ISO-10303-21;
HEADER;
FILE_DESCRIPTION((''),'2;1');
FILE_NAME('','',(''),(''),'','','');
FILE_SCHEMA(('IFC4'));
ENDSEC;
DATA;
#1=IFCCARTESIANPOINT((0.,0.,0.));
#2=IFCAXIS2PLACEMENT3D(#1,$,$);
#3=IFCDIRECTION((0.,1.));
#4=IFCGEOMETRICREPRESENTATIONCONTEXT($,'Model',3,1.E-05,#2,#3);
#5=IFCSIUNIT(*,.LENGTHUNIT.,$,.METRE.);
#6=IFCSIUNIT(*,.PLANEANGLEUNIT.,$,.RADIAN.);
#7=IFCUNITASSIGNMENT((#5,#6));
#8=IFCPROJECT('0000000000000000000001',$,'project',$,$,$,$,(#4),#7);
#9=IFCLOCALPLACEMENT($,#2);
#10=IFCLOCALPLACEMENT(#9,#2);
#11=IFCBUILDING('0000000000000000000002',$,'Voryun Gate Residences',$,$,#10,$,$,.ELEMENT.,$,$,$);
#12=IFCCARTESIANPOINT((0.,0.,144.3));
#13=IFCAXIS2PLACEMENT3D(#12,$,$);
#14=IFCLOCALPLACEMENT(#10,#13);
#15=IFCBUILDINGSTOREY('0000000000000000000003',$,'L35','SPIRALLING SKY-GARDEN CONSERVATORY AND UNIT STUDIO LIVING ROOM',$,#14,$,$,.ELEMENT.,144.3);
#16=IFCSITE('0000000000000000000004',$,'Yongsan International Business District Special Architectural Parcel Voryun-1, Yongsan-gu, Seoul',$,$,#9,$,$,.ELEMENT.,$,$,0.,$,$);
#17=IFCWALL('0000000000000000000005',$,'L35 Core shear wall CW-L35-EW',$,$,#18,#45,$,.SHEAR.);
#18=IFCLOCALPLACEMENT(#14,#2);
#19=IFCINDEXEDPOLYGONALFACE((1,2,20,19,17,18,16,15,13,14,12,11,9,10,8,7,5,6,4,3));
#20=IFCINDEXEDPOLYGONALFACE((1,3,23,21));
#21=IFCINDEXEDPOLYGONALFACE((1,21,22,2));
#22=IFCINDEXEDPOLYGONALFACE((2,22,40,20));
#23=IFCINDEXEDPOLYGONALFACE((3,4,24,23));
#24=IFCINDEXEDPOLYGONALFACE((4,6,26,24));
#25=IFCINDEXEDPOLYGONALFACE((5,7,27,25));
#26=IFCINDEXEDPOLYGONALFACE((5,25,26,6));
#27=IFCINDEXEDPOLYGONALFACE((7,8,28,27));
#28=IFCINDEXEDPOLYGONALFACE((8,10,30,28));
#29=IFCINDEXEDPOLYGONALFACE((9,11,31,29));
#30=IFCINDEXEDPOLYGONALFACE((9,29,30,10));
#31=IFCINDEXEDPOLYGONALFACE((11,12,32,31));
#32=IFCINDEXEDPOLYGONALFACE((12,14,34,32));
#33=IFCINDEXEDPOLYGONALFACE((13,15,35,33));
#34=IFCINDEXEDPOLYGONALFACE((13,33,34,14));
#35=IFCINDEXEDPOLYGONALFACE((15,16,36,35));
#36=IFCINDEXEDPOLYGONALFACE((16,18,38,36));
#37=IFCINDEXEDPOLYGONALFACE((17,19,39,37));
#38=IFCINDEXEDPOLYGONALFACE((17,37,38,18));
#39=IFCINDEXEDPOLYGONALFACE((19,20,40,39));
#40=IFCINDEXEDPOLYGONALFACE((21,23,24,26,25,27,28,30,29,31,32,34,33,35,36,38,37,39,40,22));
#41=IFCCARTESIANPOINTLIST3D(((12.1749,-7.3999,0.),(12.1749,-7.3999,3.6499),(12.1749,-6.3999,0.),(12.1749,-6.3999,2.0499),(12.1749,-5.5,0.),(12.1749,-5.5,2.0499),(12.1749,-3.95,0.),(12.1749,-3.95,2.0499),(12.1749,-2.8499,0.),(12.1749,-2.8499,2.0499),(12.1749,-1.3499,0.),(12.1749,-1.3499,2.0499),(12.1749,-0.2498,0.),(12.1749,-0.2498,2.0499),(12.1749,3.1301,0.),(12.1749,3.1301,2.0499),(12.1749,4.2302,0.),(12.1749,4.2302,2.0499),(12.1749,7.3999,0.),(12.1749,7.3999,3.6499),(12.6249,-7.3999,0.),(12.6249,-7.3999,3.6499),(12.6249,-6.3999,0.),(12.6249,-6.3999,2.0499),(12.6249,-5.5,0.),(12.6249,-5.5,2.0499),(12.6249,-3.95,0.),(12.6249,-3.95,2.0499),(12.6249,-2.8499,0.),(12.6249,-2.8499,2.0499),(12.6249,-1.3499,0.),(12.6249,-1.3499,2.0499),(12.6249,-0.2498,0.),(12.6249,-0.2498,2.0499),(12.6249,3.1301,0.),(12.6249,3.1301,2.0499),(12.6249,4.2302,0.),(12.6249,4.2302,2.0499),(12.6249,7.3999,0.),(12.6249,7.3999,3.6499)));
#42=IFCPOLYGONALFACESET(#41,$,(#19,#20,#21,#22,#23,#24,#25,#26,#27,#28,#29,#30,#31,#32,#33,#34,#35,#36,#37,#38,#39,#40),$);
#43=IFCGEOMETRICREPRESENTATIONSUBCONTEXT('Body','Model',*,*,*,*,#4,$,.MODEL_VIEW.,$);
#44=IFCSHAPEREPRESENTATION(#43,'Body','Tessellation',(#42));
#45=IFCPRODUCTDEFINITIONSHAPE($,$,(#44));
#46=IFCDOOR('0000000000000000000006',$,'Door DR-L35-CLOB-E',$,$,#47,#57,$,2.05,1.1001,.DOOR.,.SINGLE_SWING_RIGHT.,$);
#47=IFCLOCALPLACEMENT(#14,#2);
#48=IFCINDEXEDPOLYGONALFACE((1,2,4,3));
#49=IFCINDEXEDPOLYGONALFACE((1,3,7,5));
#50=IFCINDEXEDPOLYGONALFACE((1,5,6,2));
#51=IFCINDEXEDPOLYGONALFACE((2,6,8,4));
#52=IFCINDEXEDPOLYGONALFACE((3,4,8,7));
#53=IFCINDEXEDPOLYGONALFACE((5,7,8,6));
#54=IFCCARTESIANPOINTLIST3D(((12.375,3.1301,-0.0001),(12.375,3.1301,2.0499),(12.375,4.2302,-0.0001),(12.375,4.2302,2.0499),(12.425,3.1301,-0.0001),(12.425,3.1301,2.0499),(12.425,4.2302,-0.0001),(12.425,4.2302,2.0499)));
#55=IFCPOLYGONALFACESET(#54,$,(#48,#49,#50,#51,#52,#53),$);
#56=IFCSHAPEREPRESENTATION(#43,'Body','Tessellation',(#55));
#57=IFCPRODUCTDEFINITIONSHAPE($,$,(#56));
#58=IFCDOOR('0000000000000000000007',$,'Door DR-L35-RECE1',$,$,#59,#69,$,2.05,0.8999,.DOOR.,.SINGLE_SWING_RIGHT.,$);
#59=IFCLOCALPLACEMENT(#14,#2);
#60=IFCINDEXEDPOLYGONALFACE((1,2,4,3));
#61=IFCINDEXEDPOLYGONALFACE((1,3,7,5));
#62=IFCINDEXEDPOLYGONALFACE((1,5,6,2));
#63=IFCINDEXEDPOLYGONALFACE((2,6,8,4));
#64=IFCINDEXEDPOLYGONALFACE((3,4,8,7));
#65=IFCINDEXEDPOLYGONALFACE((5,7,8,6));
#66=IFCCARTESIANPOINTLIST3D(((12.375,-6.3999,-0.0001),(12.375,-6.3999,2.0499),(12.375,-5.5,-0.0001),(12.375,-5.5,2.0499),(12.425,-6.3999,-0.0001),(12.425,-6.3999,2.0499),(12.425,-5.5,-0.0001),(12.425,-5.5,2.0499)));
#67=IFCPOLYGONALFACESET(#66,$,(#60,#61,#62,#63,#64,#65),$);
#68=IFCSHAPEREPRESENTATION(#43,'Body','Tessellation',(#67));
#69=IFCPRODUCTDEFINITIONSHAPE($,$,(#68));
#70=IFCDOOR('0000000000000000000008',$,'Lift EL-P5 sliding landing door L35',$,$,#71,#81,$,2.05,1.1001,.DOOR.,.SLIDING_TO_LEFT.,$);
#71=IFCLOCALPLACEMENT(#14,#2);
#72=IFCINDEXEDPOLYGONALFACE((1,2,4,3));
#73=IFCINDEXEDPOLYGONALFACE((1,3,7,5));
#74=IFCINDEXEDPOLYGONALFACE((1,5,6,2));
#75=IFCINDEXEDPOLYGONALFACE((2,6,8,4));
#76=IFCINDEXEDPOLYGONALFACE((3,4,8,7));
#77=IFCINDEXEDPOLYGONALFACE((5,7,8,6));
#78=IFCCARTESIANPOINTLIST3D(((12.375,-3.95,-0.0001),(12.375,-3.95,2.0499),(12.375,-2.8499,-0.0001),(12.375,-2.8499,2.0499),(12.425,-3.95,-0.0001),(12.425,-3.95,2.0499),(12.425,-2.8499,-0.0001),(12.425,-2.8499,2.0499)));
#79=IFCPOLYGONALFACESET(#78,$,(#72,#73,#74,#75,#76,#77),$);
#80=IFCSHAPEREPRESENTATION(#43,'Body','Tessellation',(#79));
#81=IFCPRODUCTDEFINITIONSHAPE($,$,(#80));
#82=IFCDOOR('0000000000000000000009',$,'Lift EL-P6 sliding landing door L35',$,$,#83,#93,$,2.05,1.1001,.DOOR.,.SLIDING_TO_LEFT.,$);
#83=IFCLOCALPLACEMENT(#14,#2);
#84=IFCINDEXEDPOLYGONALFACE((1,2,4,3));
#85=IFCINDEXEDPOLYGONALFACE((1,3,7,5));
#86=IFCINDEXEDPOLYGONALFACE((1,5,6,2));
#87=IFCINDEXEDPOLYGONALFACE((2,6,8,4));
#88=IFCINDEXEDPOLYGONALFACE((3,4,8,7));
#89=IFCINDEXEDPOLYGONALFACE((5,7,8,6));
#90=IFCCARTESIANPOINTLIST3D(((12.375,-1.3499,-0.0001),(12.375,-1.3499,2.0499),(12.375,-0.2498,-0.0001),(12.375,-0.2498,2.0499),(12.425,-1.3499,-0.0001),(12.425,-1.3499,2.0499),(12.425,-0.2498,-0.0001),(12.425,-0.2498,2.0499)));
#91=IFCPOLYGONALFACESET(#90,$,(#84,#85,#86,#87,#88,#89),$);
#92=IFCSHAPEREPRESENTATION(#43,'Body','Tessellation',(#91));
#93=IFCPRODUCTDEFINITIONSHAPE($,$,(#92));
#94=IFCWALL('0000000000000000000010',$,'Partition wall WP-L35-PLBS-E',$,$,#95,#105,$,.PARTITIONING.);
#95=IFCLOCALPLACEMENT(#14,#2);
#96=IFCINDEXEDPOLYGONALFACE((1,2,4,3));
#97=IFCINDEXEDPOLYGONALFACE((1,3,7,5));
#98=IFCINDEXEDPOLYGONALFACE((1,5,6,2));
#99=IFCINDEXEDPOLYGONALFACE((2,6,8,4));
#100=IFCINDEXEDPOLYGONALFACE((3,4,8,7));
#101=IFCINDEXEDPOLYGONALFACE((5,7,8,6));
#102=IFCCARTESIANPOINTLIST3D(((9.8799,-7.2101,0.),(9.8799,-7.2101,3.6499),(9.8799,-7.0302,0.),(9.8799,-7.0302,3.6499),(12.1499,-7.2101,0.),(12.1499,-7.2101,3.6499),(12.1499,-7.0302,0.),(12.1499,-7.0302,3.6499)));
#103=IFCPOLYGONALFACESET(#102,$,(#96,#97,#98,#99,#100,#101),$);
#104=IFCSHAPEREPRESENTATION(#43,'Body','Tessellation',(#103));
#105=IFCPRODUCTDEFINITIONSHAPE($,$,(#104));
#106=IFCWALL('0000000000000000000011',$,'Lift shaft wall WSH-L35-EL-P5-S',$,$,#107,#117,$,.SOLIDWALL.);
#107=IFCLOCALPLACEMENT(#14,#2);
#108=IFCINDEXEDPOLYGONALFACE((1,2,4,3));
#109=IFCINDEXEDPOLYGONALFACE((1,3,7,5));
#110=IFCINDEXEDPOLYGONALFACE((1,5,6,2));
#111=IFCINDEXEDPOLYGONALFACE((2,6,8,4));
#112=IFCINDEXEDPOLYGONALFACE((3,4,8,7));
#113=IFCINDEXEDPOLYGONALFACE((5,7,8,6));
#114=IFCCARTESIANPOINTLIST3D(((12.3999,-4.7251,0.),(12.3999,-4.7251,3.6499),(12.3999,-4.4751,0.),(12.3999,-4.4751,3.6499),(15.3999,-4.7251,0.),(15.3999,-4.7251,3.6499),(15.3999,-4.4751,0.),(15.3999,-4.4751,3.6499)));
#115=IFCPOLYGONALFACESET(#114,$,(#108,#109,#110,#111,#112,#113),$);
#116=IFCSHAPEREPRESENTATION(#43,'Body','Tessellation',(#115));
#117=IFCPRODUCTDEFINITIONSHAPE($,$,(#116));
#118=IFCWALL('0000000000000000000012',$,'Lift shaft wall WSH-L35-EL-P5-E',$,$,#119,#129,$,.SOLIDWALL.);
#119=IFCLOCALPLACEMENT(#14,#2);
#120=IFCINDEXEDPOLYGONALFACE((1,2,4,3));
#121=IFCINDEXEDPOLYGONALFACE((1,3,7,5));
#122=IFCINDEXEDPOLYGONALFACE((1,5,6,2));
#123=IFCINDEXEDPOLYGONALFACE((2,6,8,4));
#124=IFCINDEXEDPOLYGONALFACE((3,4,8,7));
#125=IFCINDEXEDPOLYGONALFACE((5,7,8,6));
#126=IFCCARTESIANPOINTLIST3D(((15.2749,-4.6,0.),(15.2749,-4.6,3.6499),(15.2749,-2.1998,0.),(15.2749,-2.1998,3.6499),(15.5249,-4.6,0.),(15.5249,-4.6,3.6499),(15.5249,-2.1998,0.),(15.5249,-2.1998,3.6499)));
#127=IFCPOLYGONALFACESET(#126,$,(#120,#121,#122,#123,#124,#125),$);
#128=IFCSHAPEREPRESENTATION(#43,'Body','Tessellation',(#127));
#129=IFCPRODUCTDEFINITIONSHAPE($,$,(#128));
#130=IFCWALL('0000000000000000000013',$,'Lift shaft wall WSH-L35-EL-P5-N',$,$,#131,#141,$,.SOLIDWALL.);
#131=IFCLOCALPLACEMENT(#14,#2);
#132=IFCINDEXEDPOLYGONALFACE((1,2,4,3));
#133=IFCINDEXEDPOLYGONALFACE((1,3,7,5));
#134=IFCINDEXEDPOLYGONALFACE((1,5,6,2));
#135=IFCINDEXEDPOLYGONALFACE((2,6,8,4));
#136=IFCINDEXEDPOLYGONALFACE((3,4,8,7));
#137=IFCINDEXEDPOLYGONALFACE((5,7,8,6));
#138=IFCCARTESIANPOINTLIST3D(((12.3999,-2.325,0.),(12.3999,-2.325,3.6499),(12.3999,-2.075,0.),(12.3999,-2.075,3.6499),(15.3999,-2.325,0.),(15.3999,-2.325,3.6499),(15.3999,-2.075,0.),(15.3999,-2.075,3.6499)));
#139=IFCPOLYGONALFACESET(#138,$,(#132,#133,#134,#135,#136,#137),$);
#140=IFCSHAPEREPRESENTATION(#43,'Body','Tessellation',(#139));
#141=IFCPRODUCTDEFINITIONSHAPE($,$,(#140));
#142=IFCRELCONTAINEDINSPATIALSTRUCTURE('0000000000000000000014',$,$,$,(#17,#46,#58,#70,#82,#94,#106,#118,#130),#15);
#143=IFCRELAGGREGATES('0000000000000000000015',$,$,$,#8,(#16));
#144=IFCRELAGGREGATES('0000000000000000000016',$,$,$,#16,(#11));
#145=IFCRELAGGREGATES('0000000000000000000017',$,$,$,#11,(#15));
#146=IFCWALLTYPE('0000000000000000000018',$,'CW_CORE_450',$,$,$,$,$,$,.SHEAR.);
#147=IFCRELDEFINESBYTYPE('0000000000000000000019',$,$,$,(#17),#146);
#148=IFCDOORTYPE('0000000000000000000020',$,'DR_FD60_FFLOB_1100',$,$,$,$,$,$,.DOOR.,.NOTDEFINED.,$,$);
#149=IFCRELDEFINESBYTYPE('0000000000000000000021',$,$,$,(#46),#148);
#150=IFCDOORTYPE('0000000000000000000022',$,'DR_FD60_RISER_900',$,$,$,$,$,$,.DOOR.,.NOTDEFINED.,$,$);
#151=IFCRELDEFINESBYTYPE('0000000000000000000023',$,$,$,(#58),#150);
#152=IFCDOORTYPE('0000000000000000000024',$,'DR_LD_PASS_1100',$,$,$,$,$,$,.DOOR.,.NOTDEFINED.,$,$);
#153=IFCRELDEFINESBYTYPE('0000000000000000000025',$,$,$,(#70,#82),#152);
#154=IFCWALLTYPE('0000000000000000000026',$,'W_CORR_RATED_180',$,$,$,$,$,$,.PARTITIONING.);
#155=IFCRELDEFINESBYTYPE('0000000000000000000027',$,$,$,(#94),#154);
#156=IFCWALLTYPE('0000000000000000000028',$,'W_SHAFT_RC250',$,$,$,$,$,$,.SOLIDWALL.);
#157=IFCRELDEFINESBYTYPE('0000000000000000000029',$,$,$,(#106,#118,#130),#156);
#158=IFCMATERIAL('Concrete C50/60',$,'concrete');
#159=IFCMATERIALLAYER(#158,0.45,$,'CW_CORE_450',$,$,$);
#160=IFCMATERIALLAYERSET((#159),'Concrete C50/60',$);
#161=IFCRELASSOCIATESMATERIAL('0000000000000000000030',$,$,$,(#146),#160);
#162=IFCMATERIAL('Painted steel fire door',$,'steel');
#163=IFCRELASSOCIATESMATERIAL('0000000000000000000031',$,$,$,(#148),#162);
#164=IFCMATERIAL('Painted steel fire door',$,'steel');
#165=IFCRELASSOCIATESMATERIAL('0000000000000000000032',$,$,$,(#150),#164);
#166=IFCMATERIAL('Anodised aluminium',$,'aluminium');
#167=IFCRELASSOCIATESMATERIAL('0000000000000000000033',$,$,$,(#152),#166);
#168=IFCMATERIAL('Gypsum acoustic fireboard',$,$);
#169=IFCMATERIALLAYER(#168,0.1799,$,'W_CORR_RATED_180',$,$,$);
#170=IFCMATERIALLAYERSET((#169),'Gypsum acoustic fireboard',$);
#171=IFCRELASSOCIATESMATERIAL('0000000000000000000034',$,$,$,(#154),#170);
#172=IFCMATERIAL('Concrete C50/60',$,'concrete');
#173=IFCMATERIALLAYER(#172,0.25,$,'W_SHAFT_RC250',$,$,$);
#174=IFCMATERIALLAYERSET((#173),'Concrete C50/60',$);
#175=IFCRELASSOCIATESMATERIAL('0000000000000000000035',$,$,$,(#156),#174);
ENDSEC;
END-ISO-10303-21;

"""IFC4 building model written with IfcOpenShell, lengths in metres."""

from ifc_helpers import new_model, si_unit, direction, frame, frame_2d, origin, place, context, subcontext, project, spatial, rectangle, extrude, material, layer, layer_set, type_object, element, fill, save


model = new_model("IFC4")

# Units and contexts
model_context = context("Model", 3, precision=1e-05, world=origin(), true_north=direction((0.0, 1.0)))
body_context = subcontext(model_context, "Body", "Model", "MODEL_VIEW")
ifc_project = project(units=[si_unit("LENGTHUNIT", "METRE"), si_unit("PLANEANGLEUNIT", "RADIAN")], contexts=[model_context])

# Site, building, storey
site_placement = place(None, origin())
site = spatial("IfcSite", under=ifc_project, at=site_placement, Name="Yongsan International Business District Special Architectural Parcel Voryun-1, Yongsan-gu, Seoul", CompositionType="ELEMENT", RefElevation=0.0)
building_placement = place(site_placement, origin())
building = spatial("IfcBuilding", under=site, at=building_placement, Name="Voryun Gate Residences", CompositionType="ELEMENT")
storey_placement = place(building_placement, frame((0.0, 0.0, 144.3)))
storey = spatial("IfcBuildingStorey", under=building, at=storey_placement, Name="L35", Description="SPIRALLING SKY-GARDEN CONSERVATORY AND UNIT STUDIO LIVING ROOM", CompositionType="ELEMENT", Elevation=144.3)

# Shared definitions
ifc_material_1 = material(Name="Concrete C50/60", Category="concrete")
ifc_layer_1 = layer(ifc_material_1, 0.45, Name="CW_CORE_450")
ifc_layer_set_1 = layer_set([ifc_layer_1], Name="Concrete C50/60")
wall_type_1 = type_object("IfcWallType", Name="CW_CORE_450", PredefinedType="SHEAR", material=ifc_layer_set_1)

# Wall, openings, doors
wall_1_placement = place(storey_placement, frame((12.3999, -7.3999, 0.0), z_axis=(0.0, 0.0, 1.0), x_axis=(0.0, 1.0, 0.0)))
wall_1 = element("IfcWall", 1, at=wall_1_placement, inside=storey, type_object=wall_type_1, Name="L35 Core shear wall CW-L35-EW", PredefinedType="SHEAR", context=body_context, shape_type="SweptSolid", body=[
    extrude(rectangle(XDim=14.7998, YDim=0.45, at=frame_2d((7.3999, 0.0))), origin(), (0.0, 0.0, 1.0), 3.6499),
])
opening_1_placement = place(wall_1_placement, frame((3.45, 0.0, 0.0)))
opening_1 = element("IfcOpeningElement", 2, at=opening_1_placement, cuts=wall_1, PredefinedType="OPENING", context=body_context, shape_type="SweptSolid", body=[
    extrude(rectangle(XDim=1.1001, YDim=2.05, at=frame_2d((0.55, 1.0249))), frame((0.0, 0.2351, 0.0), z_axis=(0.0, -1.0, 0.0), x_axis=(1.0, 0.0, 0.0)), (0.0, 0.0, 1.0), 0.47),
])
opening_2_placement = place(wall_1_placement, frame((6.05, 0.0, 0.0)))
opening_2 = element("IfcOpeningElement", 3, at=opening_2_placement, cuts=wall_1, PredefinedType="OPENING", context=body_context, shape_type="SweptSolid", body=[
    extrude(rectangle(XDim=1.1001, YDim=2.05, at=frame_2d((0.55, 1.0249))), frame((0.0, 0.2351, 0.0), z_axis=(0.0, -1.0, 0.0), x_axis=(1.0, 0.0, 0.0)), (0.0, 0.0, 1.0), 0.47),
])
opening_3_placement = place(wall_1_placement, frame((10.53, 0.0, 0.0)))
opening_3 = element("IfcOpeningElement", 4, at=opening_3_placement, cuts=wall_1, PredefinedType="OPENING", context=body_context, shape_type="SweptSolid", body=[
    extrude(rectangle(XDim=1.1001, YDim=2.05, at=frame_2d((0.55, 1.0249))), frame((0.0, 0.2351, 0.0), z_axis=(0.0, -1.0, 0.0), x_axis=(1.0, 0.0, 0.0)), (0.0, 0.0, 1.0), 0.47),
])
opening_4_placement = place(wall_1_placement, frame((1.0, 0.0, 0.0)))
opening_4 = element("IfcOpeningElement", 5, at=opening_4_placement, cuts=wall_1, PredefinedType="OPENING", context=body_context, shape_type="SweptSolid", body=[
    extrude(rectangle(XDim=0.8999, YDim=2.05, at=frame_2d((0.45, 1.0249))), frame((0.0, 0.2351, 0.0), z_axis=(0.0, -1.0, 0.0), x_axis=(1.0, 0.0, 0.0)), (0.0, 0.0, 1.0), 0.47),
])
ifc_material_2 = material(Name="Painted steel fire door", Category="steel")
door_type_1 = type_object("IfcDoorType", Name="DR_FD60_FFLOB_1100", OperationType="NOTDEFINED", PredefinedType="DOOR", material=ifc_material_2)
door_1_placement = place(opening_3_placement, origin())
door_1 = element("IfcDoor", 6, at=door_1_placement, inside=storey, type_object=door_type_1, Name="Door DR-L35-CLOB-E", OperationType="SINGLE_SWING_RIGHT", OverallHeight=2.05, OverallWidth=1.1001, PredefinedType="DOOR", context=body_context, shape_type="SweptSolid", body=[
    extrude(rectangle(XDim=1.1001, YDim=2.05, at=frame_2d((0.55, 1.0249))), frame((0.0, 0.0249, 0.0), z_axis=(0.0, -1.0, 0.0), x_axis=(1.0, 0.0, 0.0)), (0.0, 0.0, 1.0), 0.05),
])
fill(opening_3, door_1)
ifc_material_3 = material(Name="Painted steel fire door", Category="steel")
door_type_2 = type_object("IfcDoorType", Name="DR_FD60_RISER_900", OperationType="NOTDEFINED", PredefinedType="DOOR", material=ifc_material_3)
door_2_placement = place(opening_4_placement, origin())
door_2 = element("IfcDoor", 7, at=door_2_placement, inside=storey, type_object=door_type_2, Name="Door DR-L35-RECE1", OperationType="SINGLE_SWING_RIGHT", OverallHeight=2.05, OverallWidth=0.8999, PredefinedType="DOOR", context=body_context, shape_type="SweptSolid", body=[
    extrude(rectangle(XDim=0.8999, YDim=2.05, at=frame_2d((0.45, 1.0249))), frame((0.0, 0.0249, 0.0), z_axis=(0.0, -1.0, 0.0), x_axis=(1.0, 0.0, 0.0)), (0.0, 0.0, 1.0), 0.05),
])
fill(opening_4, door_2)
ifc_material_4 = material(Name="Anodised aluminium", Category="aluminium")
door_type_3 = type_object("IfcDoorType", Name="DR_LD_PASS_1100", OperationType="NOTDEFINED", PredefinedType="DOOR", material=ifc_material_4)
door_3_placement = place(opening_1_placement, origin())
door_3 = element("IfcDoor", 8, at=door_3_placement, inside=storey, type_object=door_type_3, Name="Lift EL-P5 sliding landing door L35", OperationType="SLIDING_TO_LEFT", OverallHeight=2.05, OverallWidth=1.1001, PredefinedType="DOOR", context=body_context, shape_type="SweptSolid", body=[
    extrude(rectangle(XDim=1.1001, YDim=2.05, at=frame_2d((0.55, 1.0249))), frame((0.0, 0.0249, 0.0), z_axis=(0.0, -1.0, 0.0), x_axis=(1.0, 0.0, 0.0)), (0.0, 0.0, 1.0), 0.05),
])
fill(opening_1, door_3)
door_4_placement = place(opening_2_placement, origin())
door_4 = element("IfcDoor", 9, at=door_4_placement, inside=storey, type_object=door_type_3, Name="Lift EL-P6 sliding landing door L35", OperationType="SLIDING_TO_LEFT", OverallHeight=2.05, OverallWidth=1.1001, PredefinedType="DOOR", context=body_context, shape_type="SweptSolid", body=[
    extrude(rectangle(XDim=1.1001, YDim=2.05, at=frame_2d((0.55, 1.0249))), frame((0.0, 0.0249, 0.0), z_axis=(0.0, -1.0, 0.0), x_axis=(1.0, 0.0, 0.0)), (0.0, 0.0, 1.0), 0.05),
])
fill(opening_2, door_4)

# Walls
ifc_material_5 = material(Name="Gypsum acoustic fireboard")
ifc_layer_2 = layer(ifc_material_5, 0.1799, Name="W_CORR_RATED_180")
ifc_layer_set_2 = layer_set([ifc_layer_2], Name="Gypsum acoustic fireboard")
wall_type_2 = type_object("IfcWallType", Name="W_CORR_RATED_180", PredefinedType="PARTITIONING", material=ifc_layer_set_2)
wall_2_placement = place(storey_placement, frame((9.8799, -7.1201, 0.0), z_axis=(0.0, 0.0, 1.0), x_axis=(1.0, 0.0, 0.0)))
element("IfcWall", 10, at=wall_2_placement, inside=storey, type_object=wall_type_2, Name="Partition wall WP-L35-PLBS-E", PredefinedType="PARTITIONING", context=body_context, shape_type="SweptSolid", body=[
    extrude(rectangle(XDim=2.27, YDim=0.1799, at=frame_2d((1.135, 0.0))), origin(), (0.0, 0.0, 1.0), 3.6499),
])
ifc_material_6 = material(Name="Concrete C50/60", Category="concrete")
ifc_layer_3 = layer(ifc_material_6, 0.25, Name="W_SHAFT_RC250")
ifc_layer_set_3 = layer_set([ifc_layer_3], Name="Concrete C50/60")
wall_type_3 = type_object("IfcWallType", Name="W_SHAFT_RC250", PredefinedType="SOLIDWALL", material=ifc_layer_set_3)
wall_3_placement = place(storey_placement, frame((12.3999, -4.6001, 0.0), z_axis=(0.0, 0.0, 1.0), x_axis=(1.0, 0.0, 0.0)))
element("IfcWall", 11, at=wall_3_placement, inside=storey, type_object=wall_type_3, Name="Lift shaft wall WSH-L35-EL-P5-S", PredefinedType="SOLIDWALL", context=body_context, shape_type="SweptSolid", body=[
    extrude(rectangle(XDim=3.0, YDim=0.25, at=frame_2d((1.5, 0.0))), origin(), (0.0, 0.0, 1.0), 3.6499),
])
wall_4_placement = place(storey_placement, frame((15.3999, -4.6001, 0.0), z_axis=(0.0, 0.0, 1.0), x_axis=(0.0, 1.0, 0.0)))
element("IfcWall", 12, at=wall_4_placement, inside=storey, type_object=wall_type_3, Name="Lift shaft wall WSH-L35-EL-P5-E", PredefinedType="SOLIDWALL", context=body_context, shape_type="SweptSolid", body=[
    extrude(rectangle(XDim=2.4001, YDim=0.25, at=frame_2d((1.2002, 0.0))), origin(), (0.0, 0.0, 1.0), 3.6499),
])
wall_5_placement = place(storey_placement, frame((15.3999, -2.2, 0.0), z_axis=(0.0, 0.0, 1.0), x_axis=(-1.0, 0.0, 0.0)))
element("IfcWall", 13, at=wall_5_placement, inside=storey, type_object=wall_type_3, Name="Lift shaft wall WSH-L35-EL-P5-N", PredefinedType="SOLIDWALL", context=body_context, shape_type="SweptSolid", body=[
    extrude(rectangle(XDim=3.0, YDim=0.25, at=frame_2d((1.5, 0.0))), origin(), (0.0, 0.0, 1.0), 3.6499),
])

save(model, "model.ifc")
